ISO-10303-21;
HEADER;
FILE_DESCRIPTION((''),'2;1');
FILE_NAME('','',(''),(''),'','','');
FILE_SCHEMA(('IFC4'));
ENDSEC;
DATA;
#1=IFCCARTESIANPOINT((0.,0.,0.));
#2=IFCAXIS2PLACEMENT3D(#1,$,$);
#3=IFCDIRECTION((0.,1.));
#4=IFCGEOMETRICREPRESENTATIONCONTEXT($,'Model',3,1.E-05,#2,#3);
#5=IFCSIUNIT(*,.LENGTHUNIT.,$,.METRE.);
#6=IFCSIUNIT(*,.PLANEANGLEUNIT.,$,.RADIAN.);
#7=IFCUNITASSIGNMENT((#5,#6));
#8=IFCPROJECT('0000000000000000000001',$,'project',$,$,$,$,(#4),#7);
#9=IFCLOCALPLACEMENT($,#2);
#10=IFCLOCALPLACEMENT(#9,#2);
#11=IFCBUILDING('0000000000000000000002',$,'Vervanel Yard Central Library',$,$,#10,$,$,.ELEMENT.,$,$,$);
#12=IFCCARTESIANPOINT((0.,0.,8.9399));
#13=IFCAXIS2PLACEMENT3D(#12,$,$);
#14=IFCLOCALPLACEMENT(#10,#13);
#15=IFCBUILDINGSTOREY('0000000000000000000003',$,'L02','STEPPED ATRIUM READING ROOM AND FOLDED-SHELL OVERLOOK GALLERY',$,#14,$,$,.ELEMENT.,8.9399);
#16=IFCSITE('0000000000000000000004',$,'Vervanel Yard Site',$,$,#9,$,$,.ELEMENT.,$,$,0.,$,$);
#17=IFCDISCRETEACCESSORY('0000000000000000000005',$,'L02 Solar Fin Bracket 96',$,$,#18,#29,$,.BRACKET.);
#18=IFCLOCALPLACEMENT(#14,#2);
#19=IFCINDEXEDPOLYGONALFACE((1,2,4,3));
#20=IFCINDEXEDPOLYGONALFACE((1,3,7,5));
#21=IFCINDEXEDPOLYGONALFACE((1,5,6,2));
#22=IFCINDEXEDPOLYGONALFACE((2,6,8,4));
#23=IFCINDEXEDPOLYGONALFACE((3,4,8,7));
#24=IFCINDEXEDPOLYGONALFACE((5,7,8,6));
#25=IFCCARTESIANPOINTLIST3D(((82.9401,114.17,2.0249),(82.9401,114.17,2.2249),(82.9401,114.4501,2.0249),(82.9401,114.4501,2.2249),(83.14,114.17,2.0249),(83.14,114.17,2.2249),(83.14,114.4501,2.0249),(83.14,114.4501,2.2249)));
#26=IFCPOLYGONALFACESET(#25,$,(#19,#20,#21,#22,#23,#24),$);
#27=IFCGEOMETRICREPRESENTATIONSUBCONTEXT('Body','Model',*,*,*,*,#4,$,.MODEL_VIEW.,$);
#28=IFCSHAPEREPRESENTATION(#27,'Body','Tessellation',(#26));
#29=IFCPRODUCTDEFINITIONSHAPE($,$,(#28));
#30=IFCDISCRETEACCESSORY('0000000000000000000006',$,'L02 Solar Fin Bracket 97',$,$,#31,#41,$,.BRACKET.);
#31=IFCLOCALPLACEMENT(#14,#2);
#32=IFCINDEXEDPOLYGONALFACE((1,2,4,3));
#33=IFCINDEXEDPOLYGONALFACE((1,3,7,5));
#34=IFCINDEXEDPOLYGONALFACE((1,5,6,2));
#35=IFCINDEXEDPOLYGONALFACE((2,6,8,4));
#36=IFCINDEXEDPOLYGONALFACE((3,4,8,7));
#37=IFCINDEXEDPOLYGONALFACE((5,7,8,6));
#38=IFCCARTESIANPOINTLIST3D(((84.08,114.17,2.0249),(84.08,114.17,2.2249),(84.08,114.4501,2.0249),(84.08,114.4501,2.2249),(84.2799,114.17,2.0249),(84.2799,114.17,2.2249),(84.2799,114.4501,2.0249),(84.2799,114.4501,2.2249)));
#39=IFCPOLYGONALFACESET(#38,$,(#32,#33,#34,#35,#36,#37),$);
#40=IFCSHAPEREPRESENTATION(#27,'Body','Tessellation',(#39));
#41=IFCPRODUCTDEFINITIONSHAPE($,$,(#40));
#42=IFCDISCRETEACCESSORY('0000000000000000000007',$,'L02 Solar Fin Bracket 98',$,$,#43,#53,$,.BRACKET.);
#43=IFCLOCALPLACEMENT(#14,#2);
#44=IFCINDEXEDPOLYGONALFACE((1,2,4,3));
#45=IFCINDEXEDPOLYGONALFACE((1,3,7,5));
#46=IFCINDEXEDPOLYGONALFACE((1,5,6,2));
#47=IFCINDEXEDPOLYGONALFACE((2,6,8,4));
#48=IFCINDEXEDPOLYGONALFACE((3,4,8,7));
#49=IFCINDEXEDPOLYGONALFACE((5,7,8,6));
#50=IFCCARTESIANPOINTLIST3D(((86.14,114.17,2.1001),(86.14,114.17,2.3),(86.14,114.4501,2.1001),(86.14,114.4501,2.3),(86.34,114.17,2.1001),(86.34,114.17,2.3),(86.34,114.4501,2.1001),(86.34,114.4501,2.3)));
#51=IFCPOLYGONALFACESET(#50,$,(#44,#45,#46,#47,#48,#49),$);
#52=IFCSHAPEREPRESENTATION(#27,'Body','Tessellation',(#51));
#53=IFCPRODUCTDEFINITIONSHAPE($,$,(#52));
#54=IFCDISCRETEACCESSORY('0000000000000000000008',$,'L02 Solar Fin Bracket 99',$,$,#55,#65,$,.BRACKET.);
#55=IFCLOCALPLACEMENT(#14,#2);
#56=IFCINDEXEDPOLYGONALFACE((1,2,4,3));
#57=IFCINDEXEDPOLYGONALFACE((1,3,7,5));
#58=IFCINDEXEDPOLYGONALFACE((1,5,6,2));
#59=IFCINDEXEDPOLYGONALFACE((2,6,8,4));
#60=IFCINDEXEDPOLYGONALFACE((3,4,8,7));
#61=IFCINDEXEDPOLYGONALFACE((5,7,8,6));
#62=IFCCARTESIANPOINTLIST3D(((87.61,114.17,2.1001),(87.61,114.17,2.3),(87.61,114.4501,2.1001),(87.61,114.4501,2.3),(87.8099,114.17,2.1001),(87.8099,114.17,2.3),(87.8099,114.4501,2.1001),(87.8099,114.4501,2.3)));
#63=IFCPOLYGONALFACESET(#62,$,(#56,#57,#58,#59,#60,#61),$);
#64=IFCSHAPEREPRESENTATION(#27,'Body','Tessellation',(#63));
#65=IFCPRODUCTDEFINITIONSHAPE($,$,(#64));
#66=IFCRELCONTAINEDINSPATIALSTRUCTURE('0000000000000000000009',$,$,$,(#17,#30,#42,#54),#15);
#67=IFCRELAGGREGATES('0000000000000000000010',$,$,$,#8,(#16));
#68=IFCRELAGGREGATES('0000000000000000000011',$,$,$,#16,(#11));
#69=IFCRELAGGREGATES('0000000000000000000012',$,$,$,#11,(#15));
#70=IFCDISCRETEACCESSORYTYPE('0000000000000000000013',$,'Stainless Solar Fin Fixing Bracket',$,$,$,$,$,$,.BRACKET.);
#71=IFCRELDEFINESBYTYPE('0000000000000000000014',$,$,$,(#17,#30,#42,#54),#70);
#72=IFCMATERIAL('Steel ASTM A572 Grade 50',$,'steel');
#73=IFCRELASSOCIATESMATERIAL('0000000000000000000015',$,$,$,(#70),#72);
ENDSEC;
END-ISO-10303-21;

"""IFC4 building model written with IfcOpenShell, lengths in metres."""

from ifc_helpers import new_model, si_unit, direction, frame, origin, origin_2d, place, context, subcontext, project, spatial, rectangle, extrude, material, type_object, element, save


model = new_model("IFC4")

# Units and contexts
model_context = context("Model", 3, precision=1e-05, world=origin(), true_north=direction((0.0, 1.0)))
body_context = subcontext(model_context, "Body", "Model", "MODEL_VIEW")
ifc_project = project(units=[si_unit("LENGTHUNIT", "METRE"), si_unit("PLANEANGLEUNIT", "RADIAN")], contexts=[model_context])

# Site, building, storey
site_placement = place(None, origin())
site = spatial("IfcSite", under=ifc_project, at=site_placement, Name="Vervanel Yard Site", CompositionType="ELEMENT", RefElevation=0.0)
building_placement = place(site_placement, origin())
building = spatial("IfcBuilding", under=site, at=building_placement, Name="Vervanel Yard Central Library", CompositionType="ELEMENT")
storey_placement = place(building_placement, frame((0.0, 0.0, 8.9399)))
storey = spatial("IfcBuildingStorey", under=building, at=storey_placement, Name="L02", Description="STEPPED ATRIUM READING ROOM AND FOLDED-SHELL OVERLOOK GALLERY", CompositionType="ELEMENT", Elevation=8.9399)

# Shared definitions
ifc_material_1 = material(Name="Steel ASTM A572 Grade 50", Category="steel")

# Discrete accessories
discrete_accessory_type = type_object("IfcDiscreteAccessoryType", Name="Stainless Solar Fin Fixing Bracket", PredefinedType="BRACKET", material=ifc_material_1)
for number, where, z_axis, x_axis, name in (
    (1, (83.04, 114.3101, 2.0249), (0.0, 0.0, 1.0), (1.0, 0.0, 0.0), "L02 Solar Fin Bracket 96"),
    (2, (84.1799, 114.3101, 2.0249), (0.0, 0.0, 1.0), (1.0, 0.0, 0.0), "L02 Solar Fin Bracket 97"),
    (3, (86.24, 114.3101, 2.1001), (0.0, 0.0, 1.0), (1.0, 0.0, 0.0), "L02 Solar Fin Bracket 98"),
    (4, (87.71, 114.3101, 2.1001), (0.0, 0.0, 1.0), (1.0, 0.0, 0.0), "L02 Solar Fin Bracket 99"),
):
    element("IfcDiscreteAccessory", number, at=place(storey_placement, frame(where, z_axis=z_axis, x_axis=x_axis)), inside=storey, type_object=discrete_accessory_type, Name=name, PredefinedType="BRACKET", context=body_context, shape_type="SweptSolid", body=[
        extrude(rectangle(XDim=0.2, YDim=0.28, at=origin_2d()), origin(), (0.0, 0.0, 1.0), 0.2),
    ])

save(model, "model.ifc")
